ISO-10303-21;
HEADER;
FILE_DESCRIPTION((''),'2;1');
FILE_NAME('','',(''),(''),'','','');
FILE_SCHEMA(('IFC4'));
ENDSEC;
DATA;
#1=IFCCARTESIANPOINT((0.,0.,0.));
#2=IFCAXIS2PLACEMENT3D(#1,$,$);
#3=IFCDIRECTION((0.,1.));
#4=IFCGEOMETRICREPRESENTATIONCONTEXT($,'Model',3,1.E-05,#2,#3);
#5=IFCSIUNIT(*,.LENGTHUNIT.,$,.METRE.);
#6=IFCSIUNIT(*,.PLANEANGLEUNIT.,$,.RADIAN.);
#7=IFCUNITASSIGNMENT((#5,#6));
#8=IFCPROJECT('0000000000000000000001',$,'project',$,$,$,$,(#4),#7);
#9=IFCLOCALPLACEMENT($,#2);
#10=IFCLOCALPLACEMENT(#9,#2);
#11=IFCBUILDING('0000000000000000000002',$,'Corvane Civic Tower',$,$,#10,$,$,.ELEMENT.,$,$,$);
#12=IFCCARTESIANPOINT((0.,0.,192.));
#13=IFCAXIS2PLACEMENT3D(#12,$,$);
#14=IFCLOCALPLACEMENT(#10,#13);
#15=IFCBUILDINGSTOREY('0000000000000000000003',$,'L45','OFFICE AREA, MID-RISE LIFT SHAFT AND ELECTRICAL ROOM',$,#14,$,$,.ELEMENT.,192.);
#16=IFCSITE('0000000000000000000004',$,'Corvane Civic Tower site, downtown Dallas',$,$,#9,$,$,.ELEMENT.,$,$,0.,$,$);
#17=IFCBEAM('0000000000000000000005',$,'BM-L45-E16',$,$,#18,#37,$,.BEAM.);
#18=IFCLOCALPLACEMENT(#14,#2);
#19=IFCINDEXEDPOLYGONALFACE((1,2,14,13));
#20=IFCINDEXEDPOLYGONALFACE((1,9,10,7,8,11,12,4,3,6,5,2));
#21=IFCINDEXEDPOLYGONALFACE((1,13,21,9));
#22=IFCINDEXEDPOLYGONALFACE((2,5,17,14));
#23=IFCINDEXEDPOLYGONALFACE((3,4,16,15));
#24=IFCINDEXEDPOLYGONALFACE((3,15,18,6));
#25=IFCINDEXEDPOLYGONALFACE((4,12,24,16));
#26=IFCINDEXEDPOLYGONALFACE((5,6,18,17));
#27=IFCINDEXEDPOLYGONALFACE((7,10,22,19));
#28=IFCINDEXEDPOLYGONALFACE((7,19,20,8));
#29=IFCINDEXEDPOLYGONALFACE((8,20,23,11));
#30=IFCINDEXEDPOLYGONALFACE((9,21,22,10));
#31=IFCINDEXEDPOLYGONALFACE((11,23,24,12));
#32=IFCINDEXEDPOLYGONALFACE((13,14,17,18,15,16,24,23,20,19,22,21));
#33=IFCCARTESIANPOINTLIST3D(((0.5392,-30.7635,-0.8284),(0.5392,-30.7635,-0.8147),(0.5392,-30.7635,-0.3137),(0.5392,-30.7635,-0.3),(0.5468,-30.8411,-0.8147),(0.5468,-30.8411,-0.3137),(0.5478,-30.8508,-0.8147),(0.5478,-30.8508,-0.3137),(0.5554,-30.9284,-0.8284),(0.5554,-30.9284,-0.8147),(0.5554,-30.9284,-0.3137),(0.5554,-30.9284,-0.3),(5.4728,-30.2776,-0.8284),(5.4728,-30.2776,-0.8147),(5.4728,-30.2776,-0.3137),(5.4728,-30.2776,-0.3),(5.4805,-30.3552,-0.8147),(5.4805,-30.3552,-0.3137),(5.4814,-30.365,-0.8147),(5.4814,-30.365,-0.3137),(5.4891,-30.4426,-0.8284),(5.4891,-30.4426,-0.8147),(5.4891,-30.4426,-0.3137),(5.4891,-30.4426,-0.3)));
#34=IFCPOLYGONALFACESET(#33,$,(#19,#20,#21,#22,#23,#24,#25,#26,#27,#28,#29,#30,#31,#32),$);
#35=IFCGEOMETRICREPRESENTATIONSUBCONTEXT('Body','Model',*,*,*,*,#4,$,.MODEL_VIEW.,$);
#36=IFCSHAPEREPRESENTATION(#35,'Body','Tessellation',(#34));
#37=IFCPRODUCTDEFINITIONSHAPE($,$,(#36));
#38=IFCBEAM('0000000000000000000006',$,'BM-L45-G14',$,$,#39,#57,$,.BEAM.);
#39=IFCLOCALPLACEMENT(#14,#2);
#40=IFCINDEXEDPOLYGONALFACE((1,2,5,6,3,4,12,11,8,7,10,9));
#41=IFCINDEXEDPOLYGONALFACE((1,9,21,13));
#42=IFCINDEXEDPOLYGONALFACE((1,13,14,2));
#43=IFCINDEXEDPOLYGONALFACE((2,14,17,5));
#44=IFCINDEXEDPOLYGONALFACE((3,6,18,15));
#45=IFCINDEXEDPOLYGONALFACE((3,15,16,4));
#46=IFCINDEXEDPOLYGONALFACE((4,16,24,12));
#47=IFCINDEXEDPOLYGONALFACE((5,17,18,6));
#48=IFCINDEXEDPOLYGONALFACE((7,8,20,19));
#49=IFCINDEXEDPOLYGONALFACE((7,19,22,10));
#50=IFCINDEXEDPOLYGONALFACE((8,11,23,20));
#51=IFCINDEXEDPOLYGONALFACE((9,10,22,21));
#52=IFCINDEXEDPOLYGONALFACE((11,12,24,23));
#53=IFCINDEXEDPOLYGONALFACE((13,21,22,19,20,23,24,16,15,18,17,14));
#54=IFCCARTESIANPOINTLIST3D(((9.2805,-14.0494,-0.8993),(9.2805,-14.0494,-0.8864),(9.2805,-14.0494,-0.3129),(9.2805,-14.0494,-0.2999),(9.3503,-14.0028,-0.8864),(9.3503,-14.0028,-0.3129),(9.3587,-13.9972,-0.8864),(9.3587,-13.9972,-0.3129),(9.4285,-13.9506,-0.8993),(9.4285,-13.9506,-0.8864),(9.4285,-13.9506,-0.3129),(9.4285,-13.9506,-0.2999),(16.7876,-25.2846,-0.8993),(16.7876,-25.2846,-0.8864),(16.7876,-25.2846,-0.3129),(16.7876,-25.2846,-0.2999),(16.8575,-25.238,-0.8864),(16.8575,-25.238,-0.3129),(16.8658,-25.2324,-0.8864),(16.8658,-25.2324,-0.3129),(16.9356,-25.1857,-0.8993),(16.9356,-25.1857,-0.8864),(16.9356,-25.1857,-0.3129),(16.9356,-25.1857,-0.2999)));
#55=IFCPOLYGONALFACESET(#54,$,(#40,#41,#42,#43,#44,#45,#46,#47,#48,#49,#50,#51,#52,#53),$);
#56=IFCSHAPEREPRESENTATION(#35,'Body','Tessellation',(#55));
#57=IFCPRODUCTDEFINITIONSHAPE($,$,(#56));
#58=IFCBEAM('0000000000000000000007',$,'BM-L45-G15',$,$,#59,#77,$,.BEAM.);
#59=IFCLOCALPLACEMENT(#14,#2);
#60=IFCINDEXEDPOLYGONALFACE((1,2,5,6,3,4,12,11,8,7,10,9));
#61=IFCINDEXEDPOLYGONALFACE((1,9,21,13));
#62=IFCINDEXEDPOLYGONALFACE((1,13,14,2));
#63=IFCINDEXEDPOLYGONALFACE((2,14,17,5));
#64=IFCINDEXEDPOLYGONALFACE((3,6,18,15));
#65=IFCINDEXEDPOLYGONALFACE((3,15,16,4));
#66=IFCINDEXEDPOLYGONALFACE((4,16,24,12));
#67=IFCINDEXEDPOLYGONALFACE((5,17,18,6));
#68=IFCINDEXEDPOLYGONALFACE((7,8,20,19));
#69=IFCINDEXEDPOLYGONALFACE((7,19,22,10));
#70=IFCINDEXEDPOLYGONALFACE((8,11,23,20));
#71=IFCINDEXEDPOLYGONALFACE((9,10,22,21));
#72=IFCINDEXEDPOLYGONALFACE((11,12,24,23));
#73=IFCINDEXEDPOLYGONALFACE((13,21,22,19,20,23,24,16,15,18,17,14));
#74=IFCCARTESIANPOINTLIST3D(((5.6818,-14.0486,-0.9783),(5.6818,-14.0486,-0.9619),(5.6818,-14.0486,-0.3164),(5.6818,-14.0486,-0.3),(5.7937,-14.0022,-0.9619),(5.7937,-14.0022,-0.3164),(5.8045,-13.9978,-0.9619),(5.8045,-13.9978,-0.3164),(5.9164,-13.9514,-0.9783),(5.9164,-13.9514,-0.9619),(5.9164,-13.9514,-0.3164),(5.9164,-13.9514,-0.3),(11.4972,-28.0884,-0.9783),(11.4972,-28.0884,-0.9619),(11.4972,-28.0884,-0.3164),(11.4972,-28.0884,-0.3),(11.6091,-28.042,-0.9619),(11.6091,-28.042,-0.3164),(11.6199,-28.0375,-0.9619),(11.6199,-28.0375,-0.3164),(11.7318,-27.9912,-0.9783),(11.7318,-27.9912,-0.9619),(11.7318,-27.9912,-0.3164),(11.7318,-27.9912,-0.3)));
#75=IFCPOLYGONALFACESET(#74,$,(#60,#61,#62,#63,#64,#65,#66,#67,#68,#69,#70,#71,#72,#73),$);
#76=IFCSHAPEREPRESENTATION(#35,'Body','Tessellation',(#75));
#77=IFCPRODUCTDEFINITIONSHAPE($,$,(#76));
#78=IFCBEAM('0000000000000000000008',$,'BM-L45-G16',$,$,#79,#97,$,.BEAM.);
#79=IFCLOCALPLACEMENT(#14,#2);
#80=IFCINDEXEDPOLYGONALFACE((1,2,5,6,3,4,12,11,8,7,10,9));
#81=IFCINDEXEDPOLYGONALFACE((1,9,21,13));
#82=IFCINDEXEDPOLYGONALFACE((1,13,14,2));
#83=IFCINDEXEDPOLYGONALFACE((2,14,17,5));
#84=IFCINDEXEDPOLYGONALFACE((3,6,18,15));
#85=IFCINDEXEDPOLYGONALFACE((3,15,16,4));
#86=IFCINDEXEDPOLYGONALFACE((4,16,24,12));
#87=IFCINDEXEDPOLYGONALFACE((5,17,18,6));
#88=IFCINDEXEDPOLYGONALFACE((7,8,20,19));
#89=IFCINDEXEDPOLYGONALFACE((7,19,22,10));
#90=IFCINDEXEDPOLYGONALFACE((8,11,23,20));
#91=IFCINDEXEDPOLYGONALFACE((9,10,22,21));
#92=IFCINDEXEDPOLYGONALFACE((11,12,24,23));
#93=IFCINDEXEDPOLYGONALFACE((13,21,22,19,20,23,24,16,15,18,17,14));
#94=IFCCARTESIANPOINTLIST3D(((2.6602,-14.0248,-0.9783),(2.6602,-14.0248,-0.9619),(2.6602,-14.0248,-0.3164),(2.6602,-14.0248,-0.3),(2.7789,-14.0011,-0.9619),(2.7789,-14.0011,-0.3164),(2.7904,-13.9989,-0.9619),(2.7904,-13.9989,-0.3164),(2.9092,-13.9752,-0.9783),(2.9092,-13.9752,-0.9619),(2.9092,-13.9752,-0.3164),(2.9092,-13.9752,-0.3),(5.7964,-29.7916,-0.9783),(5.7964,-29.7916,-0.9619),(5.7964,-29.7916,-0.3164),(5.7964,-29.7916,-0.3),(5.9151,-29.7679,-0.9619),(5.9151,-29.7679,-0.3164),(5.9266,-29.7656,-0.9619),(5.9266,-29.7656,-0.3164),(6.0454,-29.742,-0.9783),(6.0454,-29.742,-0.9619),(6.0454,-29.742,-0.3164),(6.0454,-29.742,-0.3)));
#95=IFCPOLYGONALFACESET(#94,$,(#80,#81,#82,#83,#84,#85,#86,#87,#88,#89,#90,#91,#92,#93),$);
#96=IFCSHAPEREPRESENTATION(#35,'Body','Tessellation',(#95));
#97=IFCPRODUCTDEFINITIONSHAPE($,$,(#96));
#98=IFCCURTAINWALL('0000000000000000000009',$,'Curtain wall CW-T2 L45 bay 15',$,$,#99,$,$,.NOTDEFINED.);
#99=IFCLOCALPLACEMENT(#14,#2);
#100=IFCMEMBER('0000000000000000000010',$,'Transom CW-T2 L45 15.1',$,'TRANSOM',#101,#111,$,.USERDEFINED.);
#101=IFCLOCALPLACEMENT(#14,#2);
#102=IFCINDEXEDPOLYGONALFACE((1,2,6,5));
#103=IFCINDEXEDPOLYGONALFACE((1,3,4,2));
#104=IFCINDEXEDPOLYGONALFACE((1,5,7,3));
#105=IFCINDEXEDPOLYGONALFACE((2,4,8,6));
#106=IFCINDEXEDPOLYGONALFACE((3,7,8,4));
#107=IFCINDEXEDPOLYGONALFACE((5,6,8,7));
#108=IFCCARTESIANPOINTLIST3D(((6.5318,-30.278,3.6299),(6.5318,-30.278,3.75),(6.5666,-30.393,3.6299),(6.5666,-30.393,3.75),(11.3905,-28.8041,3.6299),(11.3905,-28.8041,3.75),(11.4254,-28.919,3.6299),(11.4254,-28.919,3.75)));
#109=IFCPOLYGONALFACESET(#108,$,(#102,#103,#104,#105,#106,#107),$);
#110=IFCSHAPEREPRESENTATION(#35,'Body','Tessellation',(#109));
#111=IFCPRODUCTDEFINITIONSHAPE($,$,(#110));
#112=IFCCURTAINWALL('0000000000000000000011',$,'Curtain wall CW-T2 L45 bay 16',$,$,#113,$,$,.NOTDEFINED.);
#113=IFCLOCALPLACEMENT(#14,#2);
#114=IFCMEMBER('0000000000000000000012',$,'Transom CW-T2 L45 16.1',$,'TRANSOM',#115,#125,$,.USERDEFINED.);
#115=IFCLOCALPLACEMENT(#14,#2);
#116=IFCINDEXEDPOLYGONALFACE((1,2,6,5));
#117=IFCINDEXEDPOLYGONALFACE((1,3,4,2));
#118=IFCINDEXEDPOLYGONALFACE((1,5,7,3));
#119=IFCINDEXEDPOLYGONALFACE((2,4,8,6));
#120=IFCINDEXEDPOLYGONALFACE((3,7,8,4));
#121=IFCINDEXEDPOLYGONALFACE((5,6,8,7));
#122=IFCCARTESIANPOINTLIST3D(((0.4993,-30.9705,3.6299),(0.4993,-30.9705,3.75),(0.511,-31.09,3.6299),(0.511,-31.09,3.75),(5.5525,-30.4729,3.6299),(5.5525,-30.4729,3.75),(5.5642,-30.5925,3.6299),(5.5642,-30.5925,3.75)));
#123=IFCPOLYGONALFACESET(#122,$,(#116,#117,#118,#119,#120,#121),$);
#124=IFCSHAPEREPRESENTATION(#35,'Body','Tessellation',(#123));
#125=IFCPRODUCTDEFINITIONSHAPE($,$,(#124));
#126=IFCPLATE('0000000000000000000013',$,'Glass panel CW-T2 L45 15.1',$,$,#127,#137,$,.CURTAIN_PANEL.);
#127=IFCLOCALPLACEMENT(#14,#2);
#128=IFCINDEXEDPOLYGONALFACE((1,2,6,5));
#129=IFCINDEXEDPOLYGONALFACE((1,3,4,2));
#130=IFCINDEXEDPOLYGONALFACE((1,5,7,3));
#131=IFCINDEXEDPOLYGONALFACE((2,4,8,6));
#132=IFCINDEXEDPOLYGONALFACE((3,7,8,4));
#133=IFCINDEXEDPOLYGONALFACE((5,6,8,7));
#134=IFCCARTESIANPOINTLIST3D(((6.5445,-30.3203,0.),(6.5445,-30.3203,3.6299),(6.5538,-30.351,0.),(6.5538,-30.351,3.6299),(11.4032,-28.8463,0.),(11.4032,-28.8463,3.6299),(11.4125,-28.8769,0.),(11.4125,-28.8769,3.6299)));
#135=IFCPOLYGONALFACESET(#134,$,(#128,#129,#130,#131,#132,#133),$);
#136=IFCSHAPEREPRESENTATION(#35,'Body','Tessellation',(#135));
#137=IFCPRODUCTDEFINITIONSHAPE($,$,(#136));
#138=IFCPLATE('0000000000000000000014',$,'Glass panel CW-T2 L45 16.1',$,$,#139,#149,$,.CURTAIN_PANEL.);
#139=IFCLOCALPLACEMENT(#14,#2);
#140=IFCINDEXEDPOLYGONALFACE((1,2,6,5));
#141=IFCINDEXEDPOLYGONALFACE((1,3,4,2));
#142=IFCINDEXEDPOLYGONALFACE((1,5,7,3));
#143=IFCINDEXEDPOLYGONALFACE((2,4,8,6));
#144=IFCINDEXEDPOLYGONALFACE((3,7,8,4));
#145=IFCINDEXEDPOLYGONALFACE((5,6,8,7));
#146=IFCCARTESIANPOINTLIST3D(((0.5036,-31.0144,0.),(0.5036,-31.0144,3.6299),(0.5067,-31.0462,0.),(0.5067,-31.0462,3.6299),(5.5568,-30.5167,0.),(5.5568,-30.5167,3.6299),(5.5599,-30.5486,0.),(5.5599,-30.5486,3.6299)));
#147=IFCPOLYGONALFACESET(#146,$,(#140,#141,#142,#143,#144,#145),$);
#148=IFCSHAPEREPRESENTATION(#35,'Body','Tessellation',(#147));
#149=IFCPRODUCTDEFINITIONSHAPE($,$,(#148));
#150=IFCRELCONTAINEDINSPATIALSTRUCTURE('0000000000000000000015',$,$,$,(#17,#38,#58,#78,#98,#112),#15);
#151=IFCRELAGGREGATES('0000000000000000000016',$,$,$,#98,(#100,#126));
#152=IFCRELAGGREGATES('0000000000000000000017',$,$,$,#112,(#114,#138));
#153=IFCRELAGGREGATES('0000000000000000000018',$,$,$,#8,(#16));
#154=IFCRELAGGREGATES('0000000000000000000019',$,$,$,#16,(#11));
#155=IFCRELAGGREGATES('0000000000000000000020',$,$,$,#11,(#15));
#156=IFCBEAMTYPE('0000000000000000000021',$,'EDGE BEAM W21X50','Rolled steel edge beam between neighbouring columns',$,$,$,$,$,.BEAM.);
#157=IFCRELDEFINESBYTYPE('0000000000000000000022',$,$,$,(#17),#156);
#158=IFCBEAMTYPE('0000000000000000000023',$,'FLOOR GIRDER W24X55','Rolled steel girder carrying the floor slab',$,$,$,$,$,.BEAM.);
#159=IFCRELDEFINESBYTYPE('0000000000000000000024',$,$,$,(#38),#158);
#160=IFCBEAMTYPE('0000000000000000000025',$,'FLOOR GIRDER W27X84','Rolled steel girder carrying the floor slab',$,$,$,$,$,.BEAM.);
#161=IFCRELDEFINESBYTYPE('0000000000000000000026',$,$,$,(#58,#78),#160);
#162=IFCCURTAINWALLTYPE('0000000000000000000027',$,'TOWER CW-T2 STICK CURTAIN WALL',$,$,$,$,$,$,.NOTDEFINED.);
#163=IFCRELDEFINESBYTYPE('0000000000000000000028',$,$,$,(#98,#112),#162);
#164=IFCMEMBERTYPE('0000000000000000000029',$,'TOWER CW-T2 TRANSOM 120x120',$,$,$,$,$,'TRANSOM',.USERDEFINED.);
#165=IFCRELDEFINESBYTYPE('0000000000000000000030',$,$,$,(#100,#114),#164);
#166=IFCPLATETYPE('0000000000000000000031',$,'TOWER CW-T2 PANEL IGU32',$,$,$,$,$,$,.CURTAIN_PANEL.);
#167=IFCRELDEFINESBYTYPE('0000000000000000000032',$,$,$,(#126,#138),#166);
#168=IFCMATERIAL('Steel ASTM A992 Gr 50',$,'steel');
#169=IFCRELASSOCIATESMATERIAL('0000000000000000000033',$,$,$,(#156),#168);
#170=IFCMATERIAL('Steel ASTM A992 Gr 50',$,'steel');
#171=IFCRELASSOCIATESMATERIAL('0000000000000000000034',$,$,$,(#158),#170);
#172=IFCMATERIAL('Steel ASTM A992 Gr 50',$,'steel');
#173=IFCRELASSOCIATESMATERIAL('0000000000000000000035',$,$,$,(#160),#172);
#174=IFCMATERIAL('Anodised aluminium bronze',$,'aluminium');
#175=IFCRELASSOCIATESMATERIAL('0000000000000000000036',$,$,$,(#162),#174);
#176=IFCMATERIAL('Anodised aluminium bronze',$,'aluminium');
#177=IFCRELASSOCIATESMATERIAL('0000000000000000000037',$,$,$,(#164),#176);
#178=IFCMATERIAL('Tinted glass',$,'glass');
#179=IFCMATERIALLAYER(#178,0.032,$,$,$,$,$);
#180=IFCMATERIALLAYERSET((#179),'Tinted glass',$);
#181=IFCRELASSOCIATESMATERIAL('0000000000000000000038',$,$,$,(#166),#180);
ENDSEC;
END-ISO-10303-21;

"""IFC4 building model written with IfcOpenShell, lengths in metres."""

from ifc_helpers import new_model, si_unit, direction, frame, origin, origin_2d, place, context, subcontext, project, spatial, rectangle, i_section, extrude, material, layer, layer_set, material_profile, profile_set, type_object, element, aggregate, save


model = new_model("IFC4")

# Units and contexts
model_context = context("Model", 3, precision=1e-05, world=origin(), true_north=direction((0.0, 1.0)))
body_context = subcontext(model_context, "Body", "Model", "MODEL_VIEW")
ifc_project = project(units=[si_unit("LENGTHUNIT", "METRE"), si_unit("PLANEANGLEUNIT", "RADIAN")], contexts=[model_context])

# Site, building, storey
site_placement = place(None, origin())
site = spatial("IfcSite", under=ifc_project, at=site_placement, Name="Corvane Civic Tower site, downtown Dallas", CompositionType="ELEMENT", RefElevation=0.0)
building_placement = place(site_placement, origin())
building = spatial("IfcBuilding", under=site, at=building_placement, Name="Corvane Civic Tower", CompositionType="ELEMENT")
storey_placement = place(building_placement, frame((0.0, 0.0, 192.0)))
storey = spatial("IfcBuildingStorey", under=building, at=storey_placement, Name="L45", Description="OFFICE AREA, MID-RISE LIFT SHAFT AND ELECTRICAL ROOM", CompositionType="ELEMENT", Elevation=192.0)

# Beams
ifc_material_1 = material(Name="Steel ASTM A992 Gr 50", Category="steel")
ifc_material_profile_1 = material_profile(ifc_material_1, i_section(OverallWidth=0.1658, OverallDepth=0.5283, WebThickness=0.0098, FlangeThickness=0.0137, at=origin_2d()), Name="W21X50")
ifc_profile_set_1 = profile_set([ifc_material_profile_1], Name="Steel ASTM A992 Gr 50")
beam_type_1 = type_object("IfcBeamType", Name="EDGE BEAM W21X50", Description="Rolled steel edge beam between neighbouring columns", PredefinedType="BEAM", material=ifc_profile_set_1)
beam_1_placement = place(storey_placement, frame((5.481, -30.3601, -0.5642), z_axis=(-0.995186, -0.098002, 0.0), x_axis=(0.098002, -0.995186, 0.0)))
element("IfcBeam", 1, at=beam_1_placement, inside=storey, type_object=beam_type_1, Name="BM-L45-E16", PredefinedType="BEAM", context=body_context, shape_type="SweptSolid", body=[
    extrude(i_section(OverallWidth=0.1658, OverallDepth=0.5283, WebThickness=0.0098, FlangeThickness=0.0137, at=origin_2d()), origin(), (0.0, 0.0, 1.0), 4.9575),
])
ifc_material_2 = material(Name="Steel ASTM A992 Gr 50", Category="steel")
ifc_material_profile_2 = material_profile(ifc_material_2, i_section(OverallWidth=0.178, OverallDepth=0.5994, WebThickness=0.01, FlangeThickness=0.0129, at=origin_2d()), Name="W24X55")
ifc_profile_set_2 = profile_set([ifc_material_profile_2], Name="Steel ASTM A992 Gr 50")
beam_type_2 = type_object("IfcBeamType", Name="FLOOR GIRDER W24X55", Description="Rolled steel girder carrying the floor slab", PredefinedType="BEAM", material=ifc_profile_set_2)
beam_2_placement = place(storey_placement, frame((9.3545, -14.0, -0.5996), z_axis=(0.555571, -0.831469, 0.0), x_axis=(0.831469, 0.555571, 0.0)))
element("IfcBeam", 2, at=beam_2_placement, inside=storey, type_object=beam_type_2, Name="BM-L45-G14", PredefinedType="BEAM", context=body_context, shape_type="SweptSolid", body=[
    extrude(i_section(OverallWidth=0.178, OverallDepth=0.5994, WebThickness=0.01, FlangeThickness=0.0129, at=origin_2d()), origin(), (0.0, 0.0, 1.0), 13.5125),
])
ifc_material_3 = material(Name="Steel ASTM A992 Gr 50", Category="steel")
ifc_material_profile_3 = material_profile(ifc_material_3, i_section(OverallWidth=0.2539, OverallDepth=0.6782, WebThickness=0.0117, FlangeThickness=0.0164, at=origin_2d()), Name="W27X84")
ifc_profile_set_3 = profile_set([ifc_material_profile_3], Name="Steel ASTM A992 Gr 50")
beam_type_3 = type_object("IfcBeamType", Name="FLOOR GIRDER W27X84", Description="Rolled steel girder carrying the floor slab", PredefinedType="BEAM", material=ifc_profile_set_3)
beam_3_placement = place(storey_placement, frame((5.7991, -14.0, -0.6392), z_axis=(0.382681, -0.923881, 0.0), x_axis=(0.923881, 0.382681, 0.0)))
element("IfcBeam", 3, at=beam_3_placement, inside=storey, type_object=beam_type_3, Name="BM-L45-G15", PredefinedType="BEAM", context=body_context, shape_type="SweptSolid", body=[
    extrude(i_section(OverallWidth=0.2539, OverallDepth=0.6782, WebThickness=0.0117, FlangeThickness=0.0164, at=origin_2d()), origin(), (0.0, 0.0, 1.0), 15.1965),
])
beam_4_placement = place(storey_placement, frame((2.7847, -14.0, -0.6392), z_axis=(0.195091, -0.980785, 0.0), x_axis=(0.980785, 0.195091, 0.0)))
element("IfcBeam", 4, at=beam_4_placement, inside=storey, type_object=beam_type_3, Name="BM-L45-G16", PredefinedType="BEAM", context=body_context, shape_type="SweptSolid", body=[
    extrude(i_section(OverallWidth=0.2539, OverallDepth=0.6782, WebThickness=0.0117, FlangeThickness=0.0164, at=origin_2d()), origin(), (0.0, 0.0, 1.0), 16.0757),
])

# Curtain walls, members
ifc_material_4 = material(Name="Anodised aluminium bronze", Category="aluminium")
curtain_wall_type = type_object("IfcCurtainWallType", Name="TOWER CW-T2 STICK CURTAIN WALL", PredefinedType="NOTDEFINED", material=ifc_material_4)
curtain_wall_1_placement = place(storey_placement, origin())
curtain_wall_1 = element("IfcCurtainWall", 5, at=curtain_wall_1_placement, inside=storey, type_object=curtain_wall_type, Name="Curtain wall CW-T2 L45 bay 15", PredefinedType="NOTDEFINED")
ifc_material_5 = material(Name="Anodised aluminium bronze", Category="aluminium")
ifc_material_profile_4 = material_profile(ifc_material_5, rectangle(XDim=0.1201, YDim=0.1201, at=origin_2d()), Name="TOWER CW-T2 TRANSOM 120x120")
ifc_profile_set_4 = profile_set([ifc_material_profile_4], Name="Anodised aluminium bronze")
member_type = type_object("IfcMemberType", Name="TOWER CW-T2 TRANSOM 120x120", ElementType="TRANSOM", PredefinedType="USERDEFINED", material=ifc_profile_set_4)
member_1_placement = place(storey_placement, frame((11.408, -28.8616, 3.6899), z_axis=(-0.956939, -0.290289, 0.0), x_axis=(0.290289, -0.956939, 0.0)))
member_1 = element("IfcMember", 6, at=member_1_placement, type_object=member_type, Name="Transom CW-T2 L45 15.1", ObjectType="TRANSOM", PredefinedType="USERDEFINED", context=body_context, shape_type="SweptSolid", body=[
    extrude(rectangle(XDim=0.1201, YDim=0.1201, at=origin_2d()), origin(), (0.0, 0.0, 1.0), 5.0774),
])
curtain_wall_2_placement = place(storey_placement, origin())
curtain_wall_2 = element("IfcCurtainWall", 7, at=curtain_wall_2_placement, inside=storey, type_object=curtain_wall_type, Name="Curtain wall CW-T2 L45 bay 16", PredefinedType="NOTDEFINED")
member_2_placement = place(storey_placement, frame((5.5583, -30.5327, 3.6899), z_axis=(-0.995187, -0.09799, 0.0), x_axis=(0.09799, -0.995187, 0.0)))
member_2 = element("IfcMember", 8, at=member_2_placement, type_object=member_type, Name="Transom CW-T2 L45 16.1", ObjectType="TRANSOM", PredefinedType="USERDEFINED", context=body_context, shape_type="SweptSolid", body=[
    extrude(rectangle(XDim=0.1201, YDim=0.1201, at=origin_2d()), origin(), (0.0, 0.0, 1.0), 5.0776),
])

# Plates
ifc_material_6 = material(Name="Tinted glass", Category="glass")
ifc_layer_1 = layer(ifc_material_6, 0.032)
ifc_layer_set_1 = layer_set([ifc_layer_1], Name="Tinted glass")
plate_type = type_object("IfcPlateType", Name="TOWER CW-T2 PANEL IGU32", PredefinedType="CURTAIN_PANEL", material=ifc_layer_set_1)
plate_1_placement = place(storey_placement, frame((8.9785, -29.5986, 0.0), z_axis=(0.0, 0.0, 1.0), x_axis=(-0.956932, -0.290313, 0.0)))
plate_1 = element("IfcPlate", 9, at=plate_1_placement, type_object=plate_type, Name="Glass panel CW-T2 L45 15.1", PredefinedType="CURTAIN_PANEL", context=body_context, shape_type="SweptSolid", body=[
    extrude(rectangle(XDim=5.0774, YDim=0.032, at=origin_2d()), origin(), (0.0, 0.0, 1.0), 3.6299),
])
aggregate(curtain_wall_1, [member_1, plate_1])
plate_2_placement = place(storey_placement, frame((3.0317, -30.7815, 0.0), z_axis=(0.0, 0.0, 1.0), x_axis=(-0.995185, -0.098012, 0.0)))
plate_2 = element("IfcPlate", 10, at=plate_2_placement, type_object=plate_type, Name="Glass panel CW-T2 L45 16.1", PredefinedType="CURTAIN_PANEL", context=body_context, shape_type="SweptSolid", body=[
    extrude(rectangle(XDim=5.0776, YDim=0.032, at=origin_2d()), origin(), (0.0, 0.0, 1.0), 3.6299),
])
aggregate(curtain_wall_2, [member_2, plate_2])

save(model, "model.ifc")
